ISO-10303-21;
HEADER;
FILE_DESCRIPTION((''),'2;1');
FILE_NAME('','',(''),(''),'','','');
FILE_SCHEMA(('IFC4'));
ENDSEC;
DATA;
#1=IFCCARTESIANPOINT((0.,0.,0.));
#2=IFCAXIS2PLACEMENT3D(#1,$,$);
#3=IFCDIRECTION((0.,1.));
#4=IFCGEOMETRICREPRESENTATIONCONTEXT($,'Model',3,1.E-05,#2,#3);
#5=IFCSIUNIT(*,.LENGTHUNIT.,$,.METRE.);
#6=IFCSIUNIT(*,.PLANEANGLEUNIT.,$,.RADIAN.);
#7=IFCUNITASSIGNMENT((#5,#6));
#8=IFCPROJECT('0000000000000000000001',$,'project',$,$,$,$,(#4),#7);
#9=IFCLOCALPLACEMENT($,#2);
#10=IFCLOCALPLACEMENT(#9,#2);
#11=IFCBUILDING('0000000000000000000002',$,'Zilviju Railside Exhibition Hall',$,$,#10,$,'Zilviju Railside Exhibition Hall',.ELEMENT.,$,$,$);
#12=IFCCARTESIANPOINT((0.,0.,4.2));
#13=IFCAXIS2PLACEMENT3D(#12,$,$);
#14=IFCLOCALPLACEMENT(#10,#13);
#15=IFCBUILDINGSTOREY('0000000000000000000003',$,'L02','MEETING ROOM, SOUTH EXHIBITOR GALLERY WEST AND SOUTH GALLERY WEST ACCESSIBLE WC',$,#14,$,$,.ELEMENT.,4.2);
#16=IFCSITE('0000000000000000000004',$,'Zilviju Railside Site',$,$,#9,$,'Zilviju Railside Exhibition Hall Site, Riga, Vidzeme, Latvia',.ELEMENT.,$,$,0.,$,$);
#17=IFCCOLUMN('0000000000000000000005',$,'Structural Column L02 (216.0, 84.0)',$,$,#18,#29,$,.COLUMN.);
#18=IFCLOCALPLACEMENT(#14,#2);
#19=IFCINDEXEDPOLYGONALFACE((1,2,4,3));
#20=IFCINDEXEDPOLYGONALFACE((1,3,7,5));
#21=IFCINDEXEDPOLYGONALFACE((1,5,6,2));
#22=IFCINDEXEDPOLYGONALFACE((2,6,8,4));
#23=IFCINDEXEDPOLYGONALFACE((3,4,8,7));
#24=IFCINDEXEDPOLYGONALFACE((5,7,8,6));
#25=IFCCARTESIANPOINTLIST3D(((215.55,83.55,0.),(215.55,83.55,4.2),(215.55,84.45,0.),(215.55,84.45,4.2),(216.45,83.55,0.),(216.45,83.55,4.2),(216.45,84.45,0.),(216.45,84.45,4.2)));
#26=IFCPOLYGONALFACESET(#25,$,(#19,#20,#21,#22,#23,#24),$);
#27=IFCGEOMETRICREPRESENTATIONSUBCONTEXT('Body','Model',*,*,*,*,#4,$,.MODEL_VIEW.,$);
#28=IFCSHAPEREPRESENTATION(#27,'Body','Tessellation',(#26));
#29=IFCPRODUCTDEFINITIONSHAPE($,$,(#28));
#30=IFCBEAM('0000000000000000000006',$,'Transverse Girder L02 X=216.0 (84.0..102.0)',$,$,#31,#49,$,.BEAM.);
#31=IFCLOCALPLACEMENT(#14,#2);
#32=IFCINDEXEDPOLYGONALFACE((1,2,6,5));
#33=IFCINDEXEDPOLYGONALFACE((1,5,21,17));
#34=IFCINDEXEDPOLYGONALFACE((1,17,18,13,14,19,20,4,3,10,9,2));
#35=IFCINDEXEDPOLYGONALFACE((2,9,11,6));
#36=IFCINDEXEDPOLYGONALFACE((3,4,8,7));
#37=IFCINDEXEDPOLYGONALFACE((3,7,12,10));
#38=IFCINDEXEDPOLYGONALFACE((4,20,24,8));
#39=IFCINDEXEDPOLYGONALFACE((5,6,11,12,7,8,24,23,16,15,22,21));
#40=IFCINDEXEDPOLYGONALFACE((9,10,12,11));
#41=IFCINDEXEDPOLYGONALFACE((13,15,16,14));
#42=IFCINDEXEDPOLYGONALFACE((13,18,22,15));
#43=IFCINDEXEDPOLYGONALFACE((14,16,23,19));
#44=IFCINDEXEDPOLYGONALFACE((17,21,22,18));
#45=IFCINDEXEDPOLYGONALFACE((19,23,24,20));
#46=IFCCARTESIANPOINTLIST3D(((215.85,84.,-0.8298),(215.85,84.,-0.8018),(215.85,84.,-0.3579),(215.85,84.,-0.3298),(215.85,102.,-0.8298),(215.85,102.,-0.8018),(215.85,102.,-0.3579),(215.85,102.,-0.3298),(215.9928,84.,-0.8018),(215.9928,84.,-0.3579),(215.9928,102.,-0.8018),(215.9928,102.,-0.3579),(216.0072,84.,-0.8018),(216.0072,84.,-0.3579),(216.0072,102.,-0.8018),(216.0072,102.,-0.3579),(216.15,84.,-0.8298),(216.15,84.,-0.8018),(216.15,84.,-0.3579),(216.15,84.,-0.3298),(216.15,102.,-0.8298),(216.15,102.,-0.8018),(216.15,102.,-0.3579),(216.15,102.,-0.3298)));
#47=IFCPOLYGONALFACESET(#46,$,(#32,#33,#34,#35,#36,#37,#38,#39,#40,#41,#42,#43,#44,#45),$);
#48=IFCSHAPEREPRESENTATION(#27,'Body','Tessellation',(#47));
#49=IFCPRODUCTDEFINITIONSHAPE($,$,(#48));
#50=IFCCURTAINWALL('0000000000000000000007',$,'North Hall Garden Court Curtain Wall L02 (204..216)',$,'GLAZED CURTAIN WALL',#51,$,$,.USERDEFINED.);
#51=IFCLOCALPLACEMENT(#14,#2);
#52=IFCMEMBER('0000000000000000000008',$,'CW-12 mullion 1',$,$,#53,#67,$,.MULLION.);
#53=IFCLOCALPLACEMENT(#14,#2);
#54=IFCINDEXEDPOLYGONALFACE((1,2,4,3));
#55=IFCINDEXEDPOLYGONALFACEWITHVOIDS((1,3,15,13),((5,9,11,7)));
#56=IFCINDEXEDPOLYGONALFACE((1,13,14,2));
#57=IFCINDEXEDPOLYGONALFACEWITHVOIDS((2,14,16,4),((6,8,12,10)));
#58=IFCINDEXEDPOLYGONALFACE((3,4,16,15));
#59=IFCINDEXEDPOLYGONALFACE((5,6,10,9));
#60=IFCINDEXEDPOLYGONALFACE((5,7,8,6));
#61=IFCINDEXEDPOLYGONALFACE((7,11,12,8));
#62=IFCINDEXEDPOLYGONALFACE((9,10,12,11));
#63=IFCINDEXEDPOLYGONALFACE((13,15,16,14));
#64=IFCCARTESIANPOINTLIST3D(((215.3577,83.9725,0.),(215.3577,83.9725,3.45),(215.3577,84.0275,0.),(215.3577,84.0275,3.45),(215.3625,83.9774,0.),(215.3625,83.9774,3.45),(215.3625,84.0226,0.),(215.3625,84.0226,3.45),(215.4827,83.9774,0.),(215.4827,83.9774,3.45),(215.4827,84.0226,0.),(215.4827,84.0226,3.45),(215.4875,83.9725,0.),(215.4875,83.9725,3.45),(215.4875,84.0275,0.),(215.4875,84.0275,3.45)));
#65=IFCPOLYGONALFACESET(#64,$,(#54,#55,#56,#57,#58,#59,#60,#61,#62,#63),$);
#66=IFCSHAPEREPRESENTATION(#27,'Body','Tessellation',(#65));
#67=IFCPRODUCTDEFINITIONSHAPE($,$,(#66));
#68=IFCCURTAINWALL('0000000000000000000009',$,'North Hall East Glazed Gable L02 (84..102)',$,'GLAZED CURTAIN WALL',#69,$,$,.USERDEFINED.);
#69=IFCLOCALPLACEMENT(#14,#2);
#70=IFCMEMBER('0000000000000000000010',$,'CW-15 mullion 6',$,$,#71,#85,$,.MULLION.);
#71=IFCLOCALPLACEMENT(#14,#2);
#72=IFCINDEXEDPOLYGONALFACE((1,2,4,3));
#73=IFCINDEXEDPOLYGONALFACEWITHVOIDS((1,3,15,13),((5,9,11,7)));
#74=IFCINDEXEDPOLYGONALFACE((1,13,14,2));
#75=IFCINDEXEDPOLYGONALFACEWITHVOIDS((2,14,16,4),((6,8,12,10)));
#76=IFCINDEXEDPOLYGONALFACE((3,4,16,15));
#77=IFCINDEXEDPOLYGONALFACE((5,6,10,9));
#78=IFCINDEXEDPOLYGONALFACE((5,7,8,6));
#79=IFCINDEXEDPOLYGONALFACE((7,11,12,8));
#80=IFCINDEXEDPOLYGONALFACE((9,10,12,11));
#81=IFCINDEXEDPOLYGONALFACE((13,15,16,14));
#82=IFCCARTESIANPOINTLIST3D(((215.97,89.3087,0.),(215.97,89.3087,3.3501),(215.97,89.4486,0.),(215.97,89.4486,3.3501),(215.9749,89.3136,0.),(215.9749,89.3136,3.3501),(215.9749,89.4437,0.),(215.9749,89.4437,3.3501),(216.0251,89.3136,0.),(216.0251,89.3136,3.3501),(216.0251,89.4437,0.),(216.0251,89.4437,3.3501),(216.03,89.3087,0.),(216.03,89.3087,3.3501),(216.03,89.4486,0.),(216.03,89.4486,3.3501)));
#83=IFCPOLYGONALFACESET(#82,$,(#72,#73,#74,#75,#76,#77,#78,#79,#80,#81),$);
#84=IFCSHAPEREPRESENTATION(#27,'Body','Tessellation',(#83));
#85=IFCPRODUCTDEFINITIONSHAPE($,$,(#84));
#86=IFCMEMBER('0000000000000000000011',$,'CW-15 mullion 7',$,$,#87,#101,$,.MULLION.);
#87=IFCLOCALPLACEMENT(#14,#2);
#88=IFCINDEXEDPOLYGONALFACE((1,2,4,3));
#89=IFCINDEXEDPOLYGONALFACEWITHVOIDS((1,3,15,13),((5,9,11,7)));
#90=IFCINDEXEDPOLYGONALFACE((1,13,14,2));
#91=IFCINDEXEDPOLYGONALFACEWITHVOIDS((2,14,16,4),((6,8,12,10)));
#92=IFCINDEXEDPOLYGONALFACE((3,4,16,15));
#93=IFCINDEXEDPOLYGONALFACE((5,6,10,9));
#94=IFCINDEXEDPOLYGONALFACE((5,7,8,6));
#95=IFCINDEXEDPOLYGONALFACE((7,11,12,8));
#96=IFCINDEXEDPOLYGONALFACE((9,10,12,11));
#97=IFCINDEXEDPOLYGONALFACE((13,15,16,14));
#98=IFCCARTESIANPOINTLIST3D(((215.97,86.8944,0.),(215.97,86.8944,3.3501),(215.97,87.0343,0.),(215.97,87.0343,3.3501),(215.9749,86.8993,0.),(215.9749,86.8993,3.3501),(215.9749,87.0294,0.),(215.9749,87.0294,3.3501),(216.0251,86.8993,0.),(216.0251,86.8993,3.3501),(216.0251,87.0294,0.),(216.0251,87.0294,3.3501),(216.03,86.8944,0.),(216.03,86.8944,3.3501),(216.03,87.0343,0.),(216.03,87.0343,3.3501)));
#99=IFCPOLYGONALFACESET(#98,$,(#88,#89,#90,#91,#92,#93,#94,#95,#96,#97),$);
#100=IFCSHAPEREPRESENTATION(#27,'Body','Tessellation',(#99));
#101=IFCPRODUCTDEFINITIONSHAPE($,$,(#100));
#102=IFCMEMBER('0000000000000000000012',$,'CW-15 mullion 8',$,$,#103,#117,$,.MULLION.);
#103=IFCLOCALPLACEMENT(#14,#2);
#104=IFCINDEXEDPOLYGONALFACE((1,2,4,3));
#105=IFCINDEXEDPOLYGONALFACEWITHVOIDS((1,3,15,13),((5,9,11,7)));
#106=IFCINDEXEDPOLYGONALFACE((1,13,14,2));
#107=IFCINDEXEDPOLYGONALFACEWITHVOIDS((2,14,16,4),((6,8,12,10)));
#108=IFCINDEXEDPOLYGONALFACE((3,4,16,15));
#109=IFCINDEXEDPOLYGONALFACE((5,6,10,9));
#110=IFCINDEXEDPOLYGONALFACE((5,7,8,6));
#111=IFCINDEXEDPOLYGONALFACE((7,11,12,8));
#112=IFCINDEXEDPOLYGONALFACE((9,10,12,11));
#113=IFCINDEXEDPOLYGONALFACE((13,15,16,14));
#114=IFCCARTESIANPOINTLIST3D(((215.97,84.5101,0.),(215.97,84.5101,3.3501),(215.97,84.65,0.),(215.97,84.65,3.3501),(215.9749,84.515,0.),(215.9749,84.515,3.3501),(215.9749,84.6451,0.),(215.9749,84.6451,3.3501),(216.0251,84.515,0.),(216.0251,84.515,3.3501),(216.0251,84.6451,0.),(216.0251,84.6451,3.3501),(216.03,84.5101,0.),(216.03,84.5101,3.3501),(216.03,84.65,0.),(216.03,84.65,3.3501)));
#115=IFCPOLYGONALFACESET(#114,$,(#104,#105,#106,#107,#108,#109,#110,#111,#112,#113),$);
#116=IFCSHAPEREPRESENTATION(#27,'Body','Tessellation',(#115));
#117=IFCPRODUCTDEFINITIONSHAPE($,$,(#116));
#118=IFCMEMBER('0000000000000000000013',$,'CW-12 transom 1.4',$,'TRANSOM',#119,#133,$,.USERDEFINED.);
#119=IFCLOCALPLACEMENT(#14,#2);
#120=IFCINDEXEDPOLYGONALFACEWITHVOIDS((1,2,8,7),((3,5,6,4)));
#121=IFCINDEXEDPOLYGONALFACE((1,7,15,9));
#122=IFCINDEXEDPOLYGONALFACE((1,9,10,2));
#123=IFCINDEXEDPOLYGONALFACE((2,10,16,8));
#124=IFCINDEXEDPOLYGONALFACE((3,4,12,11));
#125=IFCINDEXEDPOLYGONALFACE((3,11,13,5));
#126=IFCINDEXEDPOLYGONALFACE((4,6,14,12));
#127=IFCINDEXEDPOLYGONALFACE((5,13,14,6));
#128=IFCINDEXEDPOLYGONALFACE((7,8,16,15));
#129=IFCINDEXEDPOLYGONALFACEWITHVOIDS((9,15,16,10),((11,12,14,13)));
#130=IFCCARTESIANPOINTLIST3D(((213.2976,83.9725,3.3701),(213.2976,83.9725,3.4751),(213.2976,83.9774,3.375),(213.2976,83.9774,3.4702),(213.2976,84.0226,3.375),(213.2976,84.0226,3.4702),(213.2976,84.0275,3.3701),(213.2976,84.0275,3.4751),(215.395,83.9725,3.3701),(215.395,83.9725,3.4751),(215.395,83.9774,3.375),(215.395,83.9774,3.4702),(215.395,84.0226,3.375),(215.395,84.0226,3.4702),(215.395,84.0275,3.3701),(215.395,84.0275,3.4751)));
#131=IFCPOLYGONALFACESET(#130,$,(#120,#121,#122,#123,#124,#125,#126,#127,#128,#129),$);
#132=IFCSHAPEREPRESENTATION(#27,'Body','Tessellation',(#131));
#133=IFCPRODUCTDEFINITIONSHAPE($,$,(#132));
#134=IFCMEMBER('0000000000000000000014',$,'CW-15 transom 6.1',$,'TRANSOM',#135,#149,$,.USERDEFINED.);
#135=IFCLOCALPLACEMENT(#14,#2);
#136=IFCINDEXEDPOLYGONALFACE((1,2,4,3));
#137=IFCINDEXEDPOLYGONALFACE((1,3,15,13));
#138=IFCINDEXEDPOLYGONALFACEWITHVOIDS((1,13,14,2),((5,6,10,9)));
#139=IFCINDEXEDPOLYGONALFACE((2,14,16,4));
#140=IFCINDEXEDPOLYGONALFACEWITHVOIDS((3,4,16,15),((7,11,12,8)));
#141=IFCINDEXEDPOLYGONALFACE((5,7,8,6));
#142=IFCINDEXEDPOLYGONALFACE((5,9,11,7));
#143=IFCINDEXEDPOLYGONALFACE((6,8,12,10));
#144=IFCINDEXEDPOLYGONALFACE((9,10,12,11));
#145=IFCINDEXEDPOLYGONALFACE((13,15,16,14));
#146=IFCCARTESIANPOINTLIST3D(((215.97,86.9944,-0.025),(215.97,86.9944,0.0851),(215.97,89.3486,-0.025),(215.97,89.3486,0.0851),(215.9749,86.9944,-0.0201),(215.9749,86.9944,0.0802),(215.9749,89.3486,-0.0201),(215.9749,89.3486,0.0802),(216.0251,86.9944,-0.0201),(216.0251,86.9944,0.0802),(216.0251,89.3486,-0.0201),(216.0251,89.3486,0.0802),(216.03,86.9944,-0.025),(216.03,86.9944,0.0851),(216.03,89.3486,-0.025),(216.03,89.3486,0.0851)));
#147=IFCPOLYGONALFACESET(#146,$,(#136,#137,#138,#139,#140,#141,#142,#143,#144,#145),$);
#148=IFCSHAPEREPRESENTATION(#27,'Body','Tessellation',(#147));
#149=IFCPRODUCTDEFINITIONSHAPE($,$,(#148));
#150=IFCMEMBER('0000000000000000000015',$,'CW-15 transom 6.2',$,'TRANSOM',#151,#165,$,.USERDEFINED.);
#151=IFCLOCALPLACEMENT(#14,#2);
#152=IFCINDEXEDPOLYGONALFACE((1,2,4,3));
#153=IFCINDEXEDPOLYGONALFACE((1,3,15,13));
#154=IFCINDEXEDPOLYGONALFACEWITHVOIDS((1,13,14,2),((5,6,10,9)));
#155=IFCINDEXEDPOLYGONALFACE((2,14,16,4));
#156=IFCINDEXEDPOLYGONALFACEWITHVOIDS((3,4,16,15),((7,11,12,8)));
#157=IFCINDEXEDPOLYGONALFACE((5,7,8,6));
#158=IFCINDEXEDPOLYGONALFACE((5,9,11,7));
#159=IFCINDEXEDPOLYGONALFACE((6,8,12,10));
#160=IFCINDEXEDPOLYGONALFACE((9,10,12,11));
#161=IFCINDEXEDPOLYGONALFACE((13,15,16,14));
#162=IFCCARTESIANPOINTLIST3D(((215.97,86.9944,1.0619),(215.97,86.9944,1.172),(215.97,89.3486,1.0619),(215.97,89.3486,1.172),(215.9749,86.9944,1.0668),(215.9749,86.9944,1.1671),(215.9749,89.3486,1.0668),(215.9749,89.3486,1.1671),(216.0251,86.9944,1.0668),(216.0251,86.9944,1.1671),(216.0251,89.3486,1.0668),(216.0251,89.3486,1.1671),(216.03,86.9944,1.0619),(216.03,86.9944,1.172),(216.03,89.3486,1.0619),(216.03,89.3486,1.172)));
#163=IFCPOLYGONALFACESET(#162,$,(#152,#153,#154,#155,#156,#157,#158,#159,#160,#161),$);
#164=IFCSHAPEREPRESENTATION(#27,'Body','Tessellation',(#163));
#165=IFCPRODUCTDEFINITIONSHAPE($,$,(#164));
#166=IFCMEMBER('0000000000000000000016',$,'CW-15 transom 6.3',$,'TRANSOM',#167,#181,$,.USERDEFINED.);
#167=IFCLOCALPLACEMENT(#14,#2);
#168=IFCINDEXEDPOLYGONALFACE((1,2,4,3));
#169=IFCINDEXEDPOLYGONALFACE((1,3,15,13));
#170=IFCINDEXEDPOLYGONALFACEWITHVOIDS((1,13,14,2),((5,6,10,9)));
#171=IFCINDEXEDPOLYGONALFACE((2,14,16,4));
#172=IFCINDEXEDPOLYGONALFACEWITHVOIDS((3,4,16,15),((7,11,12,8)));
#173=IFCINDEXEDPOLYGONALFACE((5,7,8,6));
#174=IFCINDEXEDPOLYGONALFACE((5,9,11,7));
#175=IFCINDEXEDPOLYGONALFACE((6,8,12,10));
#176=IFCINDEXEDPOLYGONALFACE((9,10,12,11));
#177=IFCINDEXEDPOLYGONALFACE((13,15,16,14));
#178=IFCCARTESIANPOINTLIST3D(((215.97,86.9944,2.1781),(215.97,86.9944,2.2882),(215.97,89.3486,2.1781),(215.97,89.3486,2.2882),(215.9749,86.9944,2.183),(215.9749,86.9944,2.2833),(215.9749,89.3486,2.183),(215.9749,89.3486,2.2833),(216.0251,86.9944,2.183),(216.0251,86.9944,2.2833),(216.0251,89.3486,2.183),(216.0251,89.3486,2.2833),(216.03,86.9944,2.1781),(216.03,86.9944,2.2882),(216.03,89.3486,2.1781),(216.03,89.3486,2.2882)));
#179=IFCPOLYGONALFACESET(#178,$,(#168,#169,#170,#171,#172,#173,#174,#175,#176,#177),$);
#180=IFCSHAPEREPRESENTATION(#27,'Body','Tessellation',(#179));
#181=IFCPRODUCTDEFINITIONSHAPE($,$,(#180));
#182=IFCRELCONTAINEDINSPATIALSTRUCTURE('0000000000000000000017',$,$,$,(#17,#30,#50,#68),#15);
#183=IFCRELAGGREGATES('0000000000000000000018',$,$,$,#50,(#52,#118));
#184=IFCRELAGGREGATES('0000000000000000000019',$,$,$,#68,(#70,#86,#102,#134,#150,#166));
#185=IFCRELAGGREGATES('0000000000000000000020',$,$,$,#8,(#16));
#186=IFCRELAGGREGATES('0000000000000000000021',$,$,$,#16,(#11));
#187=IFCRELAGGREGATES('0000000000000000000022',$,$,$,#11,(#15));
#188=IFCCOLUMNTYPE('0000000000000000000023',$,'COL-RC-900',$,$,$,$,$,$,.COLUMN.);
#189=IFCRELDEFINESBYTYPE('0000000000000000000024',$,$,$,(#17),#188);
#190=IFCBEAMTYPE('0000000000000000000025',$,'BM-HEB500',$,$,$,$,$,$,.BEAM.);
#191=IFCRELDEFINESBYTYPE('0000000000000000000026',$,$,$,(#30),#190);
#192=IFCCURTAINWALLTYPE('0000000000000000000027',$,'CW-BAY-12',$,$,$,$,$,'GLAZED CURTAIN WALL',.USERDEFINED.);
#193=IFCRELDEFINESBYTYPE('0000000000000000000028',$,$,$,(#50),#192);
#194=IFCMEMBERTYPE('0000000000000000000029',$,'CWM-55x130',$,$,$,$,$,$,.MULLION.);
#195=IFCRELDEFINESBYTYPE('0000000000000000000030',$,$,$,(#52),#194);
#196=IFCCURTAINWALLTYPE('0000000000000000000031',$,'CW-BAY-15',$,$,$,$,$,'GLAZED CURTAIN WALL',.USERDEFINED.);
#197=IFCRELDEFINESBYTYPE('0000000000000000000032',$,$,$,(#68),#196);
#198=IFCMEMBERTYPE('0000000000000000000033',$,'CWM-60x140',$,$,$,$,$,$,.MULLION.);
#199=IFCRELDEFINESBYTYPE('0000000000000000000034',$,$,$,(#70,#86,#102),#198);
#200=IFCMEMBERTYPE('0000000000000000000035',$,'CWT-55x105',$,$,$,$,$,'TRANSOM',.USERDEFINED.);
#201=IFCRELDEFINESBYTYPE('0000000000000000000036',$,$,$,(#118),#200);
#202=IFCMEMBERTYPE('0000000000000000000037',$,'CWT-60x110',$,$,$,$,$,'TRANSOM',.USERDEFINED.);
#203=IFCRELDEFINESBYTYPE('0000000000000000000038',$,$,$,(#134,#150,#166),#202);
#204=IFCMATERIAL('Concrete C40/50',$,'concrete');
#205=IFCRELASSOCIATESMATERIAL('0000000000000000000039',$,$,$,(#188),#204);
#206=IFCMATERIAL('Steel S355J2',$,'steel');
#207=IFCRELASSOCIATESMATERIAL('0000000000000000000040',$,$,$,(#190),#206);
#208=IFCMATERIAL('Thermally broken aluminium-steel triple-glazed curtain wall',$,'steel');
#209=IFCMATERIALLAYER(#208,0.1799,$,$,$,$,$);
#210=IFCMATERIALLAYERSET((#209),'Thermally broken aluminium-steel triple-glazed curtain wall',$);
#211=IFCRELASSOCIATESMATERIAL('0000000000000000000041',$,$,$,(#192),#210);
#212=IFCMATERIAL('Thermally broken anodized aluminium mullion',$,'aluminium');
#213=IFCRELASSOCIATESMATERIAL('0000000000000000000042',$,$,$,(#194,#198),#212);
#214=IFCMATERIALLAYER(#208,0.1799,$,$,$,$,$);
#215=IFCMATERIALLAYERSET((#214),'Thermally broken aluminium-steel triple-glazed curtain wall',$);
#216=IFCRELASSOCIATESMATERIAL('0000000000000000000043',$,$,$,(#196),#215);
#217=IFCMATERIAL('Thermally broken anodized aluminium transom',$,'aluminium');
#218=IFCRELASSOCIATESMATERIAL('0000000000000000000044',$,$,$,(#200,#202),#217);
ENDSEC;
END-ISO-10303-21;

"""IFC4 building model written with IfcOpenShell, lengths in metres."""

from ifc_helpers import new_model, si_unit, direction, frame, origin, origin_2d, place, context, subcontext, project, spatial, rectangle, hollow_rectangle, i_section, extrude, material, layer, layer_set, material_profile, profile_set, type_object, element, aggregate, save


model = new_model("IFC4")

# Units and contexts
model_context = context("Model", 3, precision=1e-05, world=origin(), true_north=direction((0.0, 1.0)))
body_context = subcontext(model_context, "Body", "Model", "MODEL_VIEW")
ifc_project = project(units=[si_unit("LENGTHUNIT", "METRE"), si_unit("PLANEANGLEUNIT", "RADIAN")], contexts=[model_context])

# Site, building, storey
site_placement = place(None, origin())
site = spatial("IfcSite", under=ifc_project, at=site_placement, Name="Zilviju Railside Site", LongName="Zilviju Railside Exhibition Hall Site, Riga, Vidzeme, Latvia", CompositionType="ELEMENT", RefElevation=0.0)
building_placement = place(site_placement, origin())
building = spatial("IfcBuilding", under=site, at=building_placement, Name="Zilviju Railside Exhibition Hall", LongName="Zilviju Railside Exhibition Hall", CompositionType="ELEMENT")
storey_placement = place(building_placement, frame((0.0, 0.0, 4.2)))
storey = spatial("IfcBuildingStorey", under=building, at=storey_placement, Name="L02", Description="MEETING ROOM, SOUTH EXHIBITOR GALLERY WEST AND SOUTH GALLERY WEST ACCESSIBLE WC", CompositionType="ELEMENT", Elevation=4.2)

# Column
ifc_material_1 = material(Name="Concrete C40/50", Category="concrete")
ifc_material_profile_1 = material_profile(ifc_material_1, rectangle(XDim=0.8999, YDim=0.8999, at=origin_2d()), Name="RC COL 900x900")
ifc_profile_set_1 = profile_set([ifc_material_profile_1], Name="Concrete C40/50")
column_type = type_object("IfcColumnType", Name="COL-RC-900", PredefinedType="COLUMN", material=ifc_profile_set_1)
column_placement = place(storey_placement, frame((216.0, 84.0, 0.0), z_axis=(0.0, 0.0, 1.0), x_axis=(1.0, 0.0, 0.0)))
element("IfcColumn", 1, at=column_placement, inside=storey, type_object=column_type, Name="Structural Column L02 (216.0, 84.0)", PredefinedType="COLUMN", context=body_context, shape_type="SweptSolid", body=[
    extrude(rectangle(XDim=0.8999, YDim=0.8999, at=origin_2d()), origin(), (0.0, 0.0, 1.0), 4.2),
])

# Beam
ifc_material_2 = material(Name="Steel S355J2", Category="steel")
ifc_material_profile_2 = material_profile(ifc_material_2, i_section(OverallWidth=0.3, OverallDepth=0.5, WebThickness=0.0144, FlangeThickness=0.0281, at=origin_2d()), Name="HEB 500")
ifc_profile_set_2 = profile_set([ifc_material_profile_2], Name="Steel S355J2")
beam_type = type_object("IfcBeamType", Name="BM-HEB500", PredefinedType="BEAM", material=ifc_profile_set_2)
beam_placement = place(storey_placement, frame((216.0, 84.0, -0.5798), z_axis=(0.0, 1.0, 0.0), x_axis=(-1.0, 0.0, 0.0)))
element("IfcBeam", 2, at=beam_placement, inside=storey, type_object=beam_type, Name="Transverse Girder L02 X=216.0 (84.0..102.0)", PredefinedType="BEAM", context=body_context, shape_type="SweptSolid", body=[
    extrude(i_section(OverallWidth=0.3, OverallDepth=0.5, WebThickness=0.0144, FlangeThickness=0.0281, at=origin_2d()), origin(), (0.0, 0.0, 1.0), 18.0),
])

# Curtain wall, member
ifc_material_3 = material(Name="Thermally broken aluminium-steel triple-glazed curtain wall", Category="steel")
ifc_layer_1 = layer(ifc_material_3, 0.1799)
ifc_layer_set_1 = layer_set([ifc_layer_1], Name="Thermally broken aluminium-steel triple-glazed curtain wall")
curtain_wall_type_1 = type_object("IfcCurtainWallType", Name="CW-BAY-12", ElementType="GLAZED CURTAIN WALL", PredefinedType="USERDEFINED", material=ifc_layer_set_1)
curtain_wall_1_placement = place(storey_placement, origin())
curtain_wall_1 = element("IfcCurtainWall", 3, at=curtain_wall_1_placement, inside=storey, type_object=curtain_wall_type_1, Name="North Hall Garden Court Curtain Wall L02 (204..216)", ObjectType="GLAZED CURTAIN WALL", PredefinedType="USERDEFINED")
ifc_material_4 = material(Name="Thermally broken anodized aluminium mullion", Category="aluminium")
ifc_material_profile_3 = material_profile(ifc_material_4, hollow_rectangle(XDim=0.0549, YDim=0.1299, WallThickness=0.0049, at=origin_2d()), Name="MULLION 130x55x5")
ifc_profile_set_3 = profile_set([ifc_material_profile_3], Name="Thermally broken anodized aluminium mullion")
member_type_1 = type_object("IfcMemberType", Name="CWM-55x130", PredefinedType="MULLION", material=ifc_profile_set_3)
member_1_placement = place(storey_placement, frame((215.4226, 84.0, 0.0), z_axis=(0.0, 0.0, 1.0), x_axis=(0.0, -1.0, 0.0)))
member_1 = element("IfcMember", 4, at=member_1_placement, type_object=member_type_1, Name="CW-12 mullion 1", PredefinedType="MULLION", context=body_context, shape_type="SweptSolid", body=[
    extrude(hollow_rectangle(XDim=0.0549, YDim=0.1299, WallThickness=0.0049, at=origin_2d()), origin(), (0.0, 0.0, 1.0), 3.45),
])

# Curtain wall, members
ifc_layer_2 = layer(ifc_material_3, 0.1799)
ifc_layer_set_2 = layer_set([ifc_layer_2], Name="Thermally broken aluminium-steel triple-glazed curtain wall")
curtain_wall_type_2 = type_object("IfcCurtainWallType", Name="CW-BAY-15", ElementType="GLAZED CURTAIN WALL", PredefinedType="USERDEFINED", material=ifc_layer_set_2)
curtain_wall_2_placement = place(storey_placement, origin())
curtain_wall_2 = element("IfcCurtainWall", 5, at=curtain_wall_2_placement, inside=storey, type_object=curtain_wall_type_2, Name="North Hall East Glazed Gable L02 (84..102)", ObjectType="GLAZED CURTAIN WALL", PredefinedType="USERDEFINED")
ifc_material_profile_4 = material_profile(ifc_material_4, hollow_rectangle(XDim=0.0601, YDim=0.1399, WallThickness=0.0049, at=origin_2d()), Name="MULLION 140x60x5")
ifc_profile_set_4 = profile_set([ifc_material_profile_4], Name="Thermally broken anodized aluminium mullion")
member_type_2 = type_object("IfcMemberType", Name="CWM-60x140", PredefinedType="MULLION", material=ifc_profile_set_4)
member_2_placement = place(storey_placement, frame((216.0, 89.3787, 0.0), z_axis=(0.0, 0.0, 1.0), x_axis=(1.0, 0.0, 0.0)))
member_2 = element("IfcMember", 6, at=member_2_placement, type_object=member_type_2, Name="CW-15 mullion 6", PredefinedType="MULLION", context=body_context, shape_type="SweptSolid", body=[
    extrude(hollow_rectangle(XDim=0.0601, YDim=0.1399, WallThickness=0.0049, at=origin_2d()), origin(), (0.0, 0.0, 1.0), 3.3501),
])
member_3_placement = place(storey_placement, frame((216.0, 86.9644, 0.0), z_axis=(0.0, 0.0, 1.0), x_axis=(1.0, 0.0, 0.0)))
member_3 = element("IfcMember", 7, at=member_3_placement, type_object=member_type_2, Name="CW-15 mullion 7", PredefinedType="MULLION", context=body_context, shape_type="SweptSolid", body=[
    extrude(hollow_rectangle(XDim=0.0601, YDim=0.1399, WallThickness=0.0049, at=origin_2d()), origin(), (0.0, 0.0, 1.0), 3.3501),
])
member_4_placement = place(storey_placement, frame((216.0, 84.5801, 0.0), z_axis=(0.0, 0.0, 1.0), x_axis=(1.0, 0.0, 0.0)))
member_4 = element("IfcMember", 8, at=member_4_placement, type_object=member_type_2, Name="CW-15 mullion 8", PredefinedType="MULLION", context=body_context, shape_type="SweptSolid", body=[
    extrude(hollow_rectangle(XDim=0.0601, YDim=0.1399, WallThickness=0.0049, at=origin_2d()), origin(), (0.0, 0.0, 1.0), 3.3501),
])

# Members
ifc_material_5 = material(Name="Thermally broken anodized aluminium transom", Category="aluminium")
ifc_material_profile_5 = material_profile(ifc_material_5, hollow_rectangle(XDim=0.0549, YDim=0.105, WallThickness=0.0049, at=origin_2d()), Name="TRANSOM 105x55x5")
ifc_profile_set_5 = profile_set([ifc_material_profile_5], Name="Thermally broken anodized aluminium transom")
member_type_3 = type_object("IfcMemberType", Name="CWT-55x105", ElementType="TRANSOM", PredefinedType="USERDEFINED", material=ifc_profile_set_5)
member_5_placement = place(storey_placement, frame((215.395, 84.0, 3.4226), z_axis=(-1.0, 0.0, 0.0), x_axis=(0.0, -1.0, 0.0)))
member_5 = element("IfcMember", 9, at=member_5_placement, type_object=member_type_3, Name="CW-12 transom 1.4", ObjectType="TRANSOM", PredefinedType="USERDEFINED", context=body_context, shape_type="SweptSolid", body=[
    extrude(hollow_rectangle(XDim=0.0549, YDim=0.105, WallThickness=0.0049, at=origin_2d()), origin(), (0.0, 0.0, 1.0), 2.0974),
])
aggregate(curtain_wall_1, [member_1, member_5])
ifc_material_profile_6 = material_profile(ifc_material_5, hollow_rectangle(XDim=0.0601, YDim=0.1101, WallThickness=0.0049, at=origin_2d()), Name="TRANSOM 110x60x5")
ifc_profile_set_6 = profile_set([ifc_material_profile_6], Name="Thermally broken anodized aluminium transom")
member_type_4 = type_object("IfcMemberType", Name="CWT-60x110", ElementType="TRANSOM", PredefinedType="USERDEFINED", material=ifc_profile_set_6)
member_6_placement = place(storey_placement, frame((216.0, 89.3486, 0.03), z_axis=(0.0, -1.0, 0.0), x_axis=(1.0, 0.0, 0.0)))
member_6 = element("IfcMember", 10, at=member_6_placement, type_object=member_type_4, Name="CW-15 transom 6.1", ObjectType="TRANSOM", PredefinedType="USERDEFINED", context=body_context, shape_type="SweptSolid", body=[
    extrude(hollow_rectangle(XDim=0.0601, YDim=0.1101, WallThickness=0.0049, at=origin_2d()), origin(), (0.0, 0.0, 1.0), 2.3542),
])
member_7_placement = place(storey_placement, frame((216.0, 89.3486, 1.1169), z_axis=(0.0, -1.0, 0.0), x_axis=(1.0, 0.0, 0.0)))
member_7 = element("IfcMember", 11, at=member_7_placement, type_object=member_type_4, Name="CW-15 transom 6.2", ObjectType="TRANSOM", PredefinedType="USERDEFINED", context=body_context, shape_type="SweptSolid", body=[
    extrude(hollow_rectangle(XDim=0.0601, YDim=0.1101, WallThickness=0.0049, at=origin_2d()), origin(), (0.0, 0.0, 1.0), 2.3542),
])
member_8_placement = place(storey_placement, frame((216.0, 89.3486, 2.2332), z_axis=(0.0, -1.0, 0.0), x_axis=(1.0, 0.0, 0.0)))
member_8 = element("IfcMember", 12, at=member_8_placement, type_object=member_type_4, Name="CW-15 transom 6.3", ObjectType="TRANSOM", PredefinedType="USERDEFINED", context=body_context, shape_type="SweptSolid", body=[
    extrude(hollow_rectangle(XDim=0.0601, YDim=0.1101, WallThickness=0.0049, at=origin_2d()), origin(), (0.0, 0.0, 1.0), 2.3542),
])

aggregate(curtain_wall_2, [member_2, member_3, member_4, member_6, member_7, member_8])

save(model, "model.ifc")
